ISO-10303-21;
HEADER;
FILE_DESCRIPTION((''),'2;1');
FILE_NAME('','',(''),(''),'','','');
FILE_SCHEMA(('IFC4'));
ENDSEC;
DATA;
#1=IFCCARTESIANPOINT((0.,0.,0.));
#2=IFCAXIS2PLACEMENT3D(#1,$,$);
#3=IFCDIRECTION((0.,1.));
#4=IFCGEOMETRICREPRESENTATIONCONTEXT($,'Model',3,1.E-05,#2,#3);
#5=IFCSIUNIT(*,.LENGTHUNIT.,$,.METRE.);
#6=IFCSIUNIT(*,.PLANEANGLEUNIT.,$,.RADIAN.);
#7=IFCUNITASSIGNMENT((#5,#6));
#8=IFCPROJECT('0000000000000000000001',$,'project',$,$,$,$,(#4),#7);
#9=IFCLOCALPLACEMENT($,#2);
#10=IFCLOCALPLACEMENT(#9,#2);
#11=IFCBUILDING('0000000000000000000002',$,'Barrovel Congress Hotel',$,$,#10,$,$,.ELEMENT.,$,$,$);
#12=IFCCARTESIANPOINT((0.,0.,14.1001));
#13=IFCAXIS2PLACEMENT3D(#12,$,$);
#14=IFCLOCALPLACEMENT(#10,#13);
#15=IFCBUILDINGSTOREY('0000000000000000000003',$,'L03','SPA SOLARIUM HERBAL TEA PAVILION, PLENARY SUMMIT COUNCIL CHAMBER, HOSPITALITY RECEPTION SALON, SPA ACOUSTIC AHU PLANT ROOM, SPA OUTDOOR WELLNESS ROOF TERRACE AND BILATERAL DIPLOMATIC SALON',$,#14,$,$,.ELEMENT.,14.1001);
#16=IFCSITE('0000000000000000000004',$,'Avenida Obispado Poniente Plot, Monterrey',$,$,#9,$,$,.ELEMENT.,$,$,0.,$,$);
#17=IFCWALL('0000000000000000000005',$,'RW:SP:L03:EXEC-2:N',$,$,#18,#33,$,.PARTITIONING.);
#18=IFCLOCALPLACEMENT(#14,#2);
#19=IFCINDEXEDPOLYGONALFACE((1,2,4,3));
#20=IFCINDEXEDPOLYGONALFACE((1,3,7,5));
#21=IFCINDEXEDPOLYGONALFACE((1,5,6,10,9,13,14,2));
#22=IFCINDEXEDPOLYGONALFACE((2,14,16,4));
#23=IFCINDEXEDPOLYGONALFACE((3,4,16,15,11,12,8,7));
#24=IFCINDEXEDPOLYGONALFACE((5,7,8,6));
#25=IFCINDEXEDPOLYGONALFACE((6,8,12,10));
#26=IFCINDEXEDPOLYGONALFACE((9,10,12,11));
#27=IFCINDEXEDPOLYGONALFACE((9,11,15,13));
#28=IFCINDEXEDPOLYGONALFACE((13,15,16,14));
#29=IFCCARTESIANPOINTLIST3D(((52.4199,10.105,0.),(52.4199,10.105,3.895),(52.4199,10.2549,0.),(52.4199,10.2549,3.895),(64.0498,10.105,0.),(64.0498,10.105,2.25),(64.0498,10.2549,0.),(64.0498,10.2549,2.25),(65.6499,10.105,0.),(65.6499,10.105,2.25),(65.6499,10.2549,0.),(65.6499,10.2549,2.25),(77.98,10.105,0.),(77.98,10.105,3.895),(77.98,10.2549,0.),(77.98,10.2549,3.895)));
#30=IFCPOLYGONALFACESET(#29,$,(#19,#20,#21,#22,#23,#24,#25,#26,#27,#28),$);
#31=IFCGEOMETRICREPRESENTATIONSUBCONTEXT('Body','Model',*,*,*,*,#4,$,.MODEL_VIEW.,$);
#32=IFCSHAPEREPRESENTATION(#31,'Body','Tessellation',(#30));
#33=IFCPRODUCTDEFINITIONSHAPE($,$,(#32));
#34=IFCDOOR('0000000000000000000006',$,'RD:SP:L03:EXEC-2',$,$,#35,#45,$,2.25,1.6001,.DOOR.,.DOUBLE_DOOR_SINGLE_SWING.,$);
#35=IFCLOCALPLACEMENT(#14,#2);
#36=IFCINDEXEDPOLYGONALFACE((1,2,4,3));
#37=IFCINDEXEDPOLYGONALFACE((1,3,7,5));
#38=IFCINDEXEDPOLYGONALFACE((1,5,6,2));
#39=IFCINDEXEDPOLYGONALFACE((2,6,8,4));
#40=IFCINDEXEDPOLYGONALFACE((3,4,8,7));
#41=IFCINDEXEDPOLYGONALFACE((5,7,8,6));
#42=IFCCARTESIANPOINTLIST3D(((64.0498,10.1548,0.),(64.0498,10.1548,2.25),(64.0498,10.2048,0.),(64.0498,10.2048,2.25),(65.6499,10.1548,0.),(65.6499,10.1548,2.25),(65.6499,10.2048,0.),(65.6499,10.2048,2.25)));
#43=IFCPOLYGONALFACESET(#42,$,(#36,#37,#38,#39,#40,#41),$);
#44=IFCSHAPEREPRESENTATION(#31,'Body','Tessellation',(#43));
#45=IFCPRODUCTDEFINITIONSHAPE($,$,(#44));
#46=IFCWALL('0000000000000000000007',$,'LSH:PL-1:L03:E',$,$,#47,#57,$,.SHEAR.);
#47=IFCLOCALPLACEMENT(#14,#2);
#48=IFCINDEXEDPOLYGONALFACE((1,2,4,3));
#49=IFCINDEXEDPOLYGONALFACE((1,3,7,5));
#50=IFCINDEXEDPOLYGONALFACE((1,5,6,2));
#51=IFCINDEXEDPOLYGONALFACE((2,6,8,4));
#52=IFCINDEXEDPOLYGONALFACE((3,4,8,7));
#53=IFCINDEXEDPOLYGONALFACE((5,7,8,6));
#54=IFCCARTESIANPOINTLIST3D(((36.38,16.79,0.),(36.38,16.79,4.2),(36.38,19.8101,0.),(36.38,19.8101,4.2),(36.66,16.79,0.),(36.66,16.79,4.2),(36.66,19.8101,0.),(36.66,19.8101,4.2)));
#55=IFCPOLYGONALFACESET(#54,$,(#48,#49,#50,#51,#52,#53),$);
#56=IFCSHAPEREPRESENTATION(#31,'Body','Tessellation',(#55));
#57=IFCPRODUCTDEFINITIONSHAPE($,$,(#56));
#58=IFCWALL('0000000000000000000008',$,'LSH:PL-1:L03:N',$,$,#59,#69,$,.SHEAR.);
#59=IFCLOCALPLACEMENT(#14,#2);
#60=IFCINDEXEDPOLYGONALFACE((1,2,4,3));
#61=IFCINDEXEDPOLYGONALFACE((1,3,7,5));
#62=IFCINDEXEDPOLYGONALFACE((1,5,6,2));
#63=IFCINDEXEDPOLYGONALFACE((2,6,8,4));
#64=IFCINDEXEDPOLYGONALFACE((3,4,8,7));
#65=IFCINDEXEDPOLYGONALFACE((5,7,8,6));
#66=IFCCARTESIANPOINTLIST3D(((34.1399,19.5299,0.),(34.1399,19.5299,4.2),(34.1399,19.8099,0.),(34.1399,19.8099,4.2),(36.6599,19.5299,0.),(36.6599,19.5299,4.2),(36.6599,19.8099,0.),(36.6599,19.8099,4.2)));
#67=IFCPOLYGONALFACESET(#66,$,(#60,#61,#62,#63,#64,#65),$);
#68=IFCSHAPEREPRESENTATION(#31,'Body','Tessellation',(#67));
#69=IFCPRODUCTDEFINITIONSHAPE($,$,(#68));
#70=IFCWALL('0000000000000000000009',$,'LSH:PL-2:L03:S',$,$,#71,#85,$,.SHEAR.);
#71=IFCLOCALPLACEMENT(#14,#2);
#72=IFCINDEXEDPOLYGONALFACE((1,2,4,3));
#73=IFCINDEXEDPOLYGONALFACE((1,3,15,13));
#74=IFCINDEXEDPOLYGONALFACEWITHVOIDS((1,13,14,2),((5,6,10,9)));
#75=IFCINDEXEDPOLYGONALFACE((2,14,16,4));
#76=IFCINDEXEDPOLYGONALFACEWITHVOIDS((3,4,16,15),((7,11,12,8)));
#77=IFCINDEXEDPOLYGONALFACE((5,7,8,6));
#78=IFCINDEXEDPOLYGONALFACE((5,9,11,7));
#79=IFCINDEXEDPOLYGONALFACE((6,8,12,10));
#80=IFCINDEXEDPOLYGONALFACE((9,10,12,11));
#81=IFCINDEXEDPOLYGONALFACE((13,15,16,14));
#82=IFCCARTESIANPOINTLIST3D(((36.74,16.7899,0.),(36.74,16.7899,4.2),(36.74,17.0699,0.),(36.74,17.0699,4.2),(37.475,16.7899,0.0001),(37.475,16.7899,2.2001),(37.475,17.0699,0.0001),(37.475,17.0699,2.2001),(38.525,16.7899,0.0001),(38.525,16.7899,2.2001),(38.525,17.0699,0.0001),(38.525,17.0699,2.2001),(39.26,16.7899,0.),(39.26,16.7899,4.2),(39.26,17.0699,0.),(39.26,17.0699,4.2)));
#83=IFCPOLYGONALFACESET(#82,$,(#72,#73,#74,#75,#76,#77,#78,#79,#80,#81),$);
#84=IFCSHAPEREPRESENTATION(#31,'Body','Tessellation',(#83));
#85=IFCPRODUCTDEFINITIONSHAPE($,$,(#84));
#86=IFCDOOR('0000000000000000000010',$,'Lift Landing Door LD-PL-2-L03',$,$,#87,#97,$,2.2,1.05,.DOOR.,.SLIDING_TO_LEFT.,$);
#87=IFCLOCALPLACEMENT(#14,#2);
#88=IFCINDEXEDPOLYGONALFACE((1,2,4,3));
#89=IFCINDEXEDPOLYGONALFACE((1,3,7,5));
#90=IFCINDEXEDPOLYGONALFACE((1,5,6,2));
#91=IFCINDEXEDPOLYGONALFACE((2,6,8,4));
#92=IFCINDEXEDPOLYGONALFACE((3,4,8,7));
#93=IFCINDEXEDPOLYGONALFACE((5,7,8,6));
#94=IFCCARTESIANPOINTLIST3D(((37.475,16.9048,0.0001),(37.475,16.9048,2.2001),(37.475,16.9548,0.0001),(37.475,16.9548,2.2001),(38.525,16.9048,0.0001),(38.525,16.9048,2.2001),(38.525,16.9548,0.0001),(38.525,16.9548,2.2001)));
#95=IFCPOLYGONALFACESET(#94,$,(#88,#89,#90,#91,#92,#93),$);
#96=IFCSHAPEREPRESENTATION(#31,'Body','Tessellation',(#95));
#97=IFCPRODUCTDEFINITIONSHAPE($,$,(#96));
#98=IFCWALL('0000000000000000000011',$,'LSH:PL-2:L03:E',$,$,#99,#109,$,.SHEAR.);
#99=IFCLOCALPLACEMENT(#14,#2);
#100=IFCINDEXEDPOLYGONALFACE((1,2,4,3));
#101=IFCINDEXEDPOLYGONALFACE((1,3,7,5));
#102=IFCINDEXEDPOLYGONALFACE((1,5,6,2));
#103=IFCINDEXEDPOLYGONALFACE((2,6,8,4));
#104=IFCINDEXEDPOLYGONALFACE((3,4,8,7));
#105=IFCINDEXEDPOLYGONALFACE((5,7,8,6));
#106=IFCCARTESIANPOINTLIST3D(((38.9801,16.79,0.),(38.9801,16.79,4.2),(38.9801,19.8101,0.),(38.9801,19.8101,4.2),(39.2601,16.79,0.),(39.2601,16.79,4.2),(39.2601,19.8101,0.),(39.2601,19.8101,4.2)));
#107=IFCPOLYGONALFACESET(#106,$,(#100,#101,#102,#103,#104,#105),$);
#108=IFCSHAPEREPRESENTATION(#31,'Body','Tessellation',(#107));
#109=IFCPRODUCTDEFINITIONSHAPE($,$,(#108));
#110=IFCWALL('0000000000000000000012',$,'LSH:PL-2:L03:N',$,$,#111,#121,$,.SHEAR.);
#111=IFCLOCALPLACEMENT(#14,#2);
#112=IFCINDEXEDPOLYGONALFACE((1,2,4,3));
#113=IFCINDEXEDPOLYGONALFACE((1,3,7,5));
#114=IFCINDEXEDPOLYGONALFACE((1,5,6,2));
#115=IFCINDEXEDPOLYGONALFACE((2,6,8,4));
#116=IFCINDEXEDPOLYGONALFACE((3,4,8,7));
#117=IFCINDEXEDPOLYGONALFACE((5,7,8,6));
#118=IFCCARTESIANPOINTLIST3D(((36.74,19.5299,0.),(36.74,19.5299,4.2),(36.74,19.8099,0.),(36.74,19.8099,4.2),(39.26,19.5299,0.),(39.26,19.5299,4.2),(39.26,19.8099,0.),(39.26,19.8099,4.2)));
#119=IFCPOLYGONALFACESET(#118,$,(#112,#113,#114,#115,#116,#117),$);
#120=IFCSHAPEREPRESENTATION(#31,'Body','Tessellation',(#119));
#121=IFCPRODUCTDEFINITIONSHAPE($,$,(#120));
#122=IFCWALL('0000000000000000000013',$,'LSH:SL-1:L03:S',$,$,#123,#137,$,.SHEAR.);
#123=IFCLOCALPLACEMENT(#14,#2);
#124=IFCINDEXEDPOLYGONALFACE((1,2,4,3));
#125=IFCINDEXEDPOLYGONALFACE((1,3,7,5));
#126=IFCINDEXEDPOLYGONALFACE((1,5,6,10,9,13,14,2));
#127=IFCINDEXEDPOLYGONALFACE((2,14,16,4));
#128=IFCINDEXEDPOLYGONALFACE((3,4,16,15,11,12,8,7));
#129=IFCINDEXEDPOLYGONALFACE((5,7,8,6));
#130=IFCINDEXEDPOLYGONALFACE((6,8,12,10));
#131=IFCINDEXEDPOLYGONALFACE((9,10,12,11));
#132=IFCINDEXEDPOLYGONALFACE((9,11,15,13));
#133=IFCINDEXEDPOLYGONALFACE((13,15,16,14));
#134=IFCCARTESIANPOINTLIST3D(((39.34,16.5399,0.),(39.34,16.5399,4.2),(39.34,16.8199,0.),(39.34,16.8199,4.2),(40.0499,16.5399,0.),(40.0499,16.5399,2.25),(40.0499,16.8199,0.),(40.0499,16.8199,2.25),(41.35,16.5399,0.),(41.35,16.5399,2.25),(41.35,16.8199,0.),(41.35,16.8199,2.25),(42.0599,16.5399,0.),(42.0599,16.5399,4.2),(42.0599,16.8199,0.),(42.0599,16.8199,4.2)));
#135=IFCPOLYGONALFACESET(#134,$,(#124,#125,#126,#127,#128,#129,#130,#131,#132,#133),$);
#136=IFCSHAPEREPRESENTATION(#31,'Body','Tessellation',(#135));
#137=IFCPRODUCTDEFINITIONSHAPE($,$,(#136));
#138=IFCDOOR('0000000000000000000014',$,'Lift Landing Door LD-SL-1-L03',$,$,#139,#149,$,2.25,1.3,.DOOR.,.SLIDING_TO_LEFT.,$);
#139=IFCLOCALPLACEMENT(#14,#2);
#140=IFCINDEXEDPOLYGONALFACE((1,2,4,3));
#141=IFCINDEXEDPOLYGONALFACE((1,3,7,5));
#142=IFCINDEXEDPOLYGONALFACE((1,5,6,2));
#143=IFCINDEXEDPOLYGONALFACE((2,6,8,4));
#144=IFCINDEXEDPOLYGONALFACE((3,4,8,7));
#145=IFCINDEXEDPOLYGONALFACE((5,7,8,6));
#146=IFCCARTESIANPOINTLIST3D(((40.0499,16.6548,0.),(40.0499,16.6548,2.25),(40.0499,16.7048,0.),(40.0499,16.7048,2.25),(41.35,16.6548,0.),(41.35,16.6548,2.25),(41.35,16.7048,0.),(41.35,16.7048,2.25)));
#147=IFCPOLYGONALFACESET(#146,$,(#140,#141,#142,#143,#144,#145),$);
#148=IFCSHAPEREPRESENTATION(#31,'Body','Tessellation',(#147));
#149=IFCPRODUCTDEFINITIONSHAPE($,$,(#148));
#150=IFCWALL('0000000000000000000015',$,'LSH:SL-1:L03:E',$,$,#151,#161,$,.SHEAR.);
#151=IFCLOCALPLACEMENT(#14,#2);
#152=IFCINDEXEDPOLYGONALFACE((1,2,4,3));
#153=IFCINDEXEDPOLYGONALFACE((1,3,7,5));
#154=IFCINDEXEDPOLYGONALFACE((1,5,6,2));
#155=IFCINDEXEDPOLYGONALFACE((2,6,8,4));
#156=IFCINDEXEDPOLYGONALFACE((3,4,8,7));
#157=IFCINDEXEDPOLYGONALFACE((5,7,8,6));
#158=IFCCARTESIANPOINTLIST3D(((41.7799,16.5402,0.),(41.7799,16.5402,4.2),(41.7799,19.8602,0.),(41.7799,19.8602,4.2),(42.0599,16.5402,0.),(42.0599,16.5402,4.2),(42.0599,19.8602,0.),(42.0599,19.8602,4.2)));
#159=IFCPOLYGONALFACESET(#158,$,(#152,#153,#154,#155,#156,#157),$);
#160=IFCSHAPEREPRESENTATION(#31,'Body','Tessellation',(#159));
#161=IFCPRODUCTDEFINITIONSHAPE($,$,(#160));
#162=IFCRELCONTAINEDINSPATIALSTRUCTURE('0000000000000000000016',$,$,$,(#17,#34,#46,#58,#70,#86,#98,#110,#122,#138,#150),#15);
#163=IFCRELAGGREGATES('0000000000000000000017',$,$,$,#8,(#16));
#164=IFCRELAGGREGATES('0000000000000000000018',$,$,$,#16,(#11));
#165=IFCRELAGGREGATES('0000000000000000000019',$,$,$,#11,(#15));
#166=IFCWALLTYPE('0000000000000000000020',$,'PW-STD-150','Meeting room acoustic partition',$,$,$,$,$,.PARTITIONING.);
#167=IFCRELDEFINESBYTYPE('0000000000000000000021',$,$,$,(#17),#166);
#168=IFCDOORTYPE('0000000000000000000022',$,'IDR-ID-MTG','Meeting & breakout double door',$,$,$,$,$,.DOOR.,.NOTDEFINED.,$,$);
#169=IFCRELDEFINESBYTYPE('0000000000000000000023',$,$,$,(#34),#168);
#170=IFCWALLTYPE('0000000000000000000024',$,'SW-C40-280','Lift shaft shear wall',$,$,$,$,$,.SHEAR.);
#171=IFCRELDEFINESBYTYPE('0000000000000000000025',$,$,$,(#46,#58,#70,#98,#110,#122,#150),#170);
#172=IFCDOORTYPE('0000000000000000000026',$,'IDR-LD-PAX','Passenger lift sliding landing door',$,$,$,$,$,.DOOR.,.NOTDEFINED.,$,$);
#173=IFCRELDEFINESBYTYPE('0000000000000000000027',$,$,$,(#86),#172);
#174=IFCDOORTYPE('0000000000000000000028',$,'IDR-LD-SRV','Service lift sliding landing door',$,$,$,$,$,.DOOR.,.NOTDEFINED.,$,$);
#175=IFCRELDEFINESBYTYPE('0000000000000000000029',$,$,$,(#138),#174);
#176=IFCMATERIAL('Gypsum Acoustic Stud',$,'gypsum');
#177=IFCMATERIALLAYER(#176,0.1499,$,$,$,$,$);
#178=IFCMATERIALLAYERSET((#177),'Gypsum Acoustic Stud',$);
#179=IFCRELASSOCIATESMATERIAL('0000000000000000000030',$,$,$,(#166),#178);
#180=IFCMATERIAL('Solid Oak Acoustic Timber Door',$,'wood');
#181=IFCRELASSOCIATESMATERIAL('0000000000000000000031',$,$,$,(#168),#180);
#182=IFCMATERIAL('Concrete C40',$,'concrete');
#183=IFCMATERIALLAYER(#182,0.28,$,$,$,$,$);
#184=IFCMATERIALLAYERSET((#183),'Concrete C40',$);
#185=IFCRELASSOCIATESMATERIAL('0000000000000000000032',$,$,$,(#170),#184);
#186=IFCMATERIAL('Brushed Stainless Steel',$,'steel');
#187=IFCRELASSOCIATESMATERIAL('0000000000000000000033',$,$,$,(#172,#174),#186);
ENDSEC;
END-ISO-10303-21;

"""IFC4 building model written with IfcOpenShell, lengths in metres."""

from ifc_helpers import new_model, si_unit, direction, frame, frame_2d, origin, place, context, subcontext, project, spatial, rectangle, extrude, material, layer, layer_set, type_object, element, fill, save


model = new_model("IFC4")

# Units and contexts
model_context = context("Model", 3, precision=1e-05, world=origin(), true_north=direction((0.0, 1.0)))
body_context = subcontext(model_context, "Body", "Model", "MODEL_VIEW")
ifc_project = project(units=[si_unit("LENGTHUNIT", "METRE"), si_unit("PLANEANGLEUNIT", "RADIAN")], contexts=[model_context])

# Site, building, storey
site_placement = place(None, origin())
site = spatial("IfcSite", under=ifc_project, at=site_placement, Name="Avenida Obispado Poniente Plot, Monterrey", CompositionType="ELEMENT", RefElevation=0.0)
building_placement = place(site_placement, origin())
building = spatial("IfcBuilding", under=site, at=building_placement, Name="Barrovel Congress Hotel", CompositionType="ELEMENT")
storey_placement = place(building_placement, frame((0.0, 0.0, 14.1001)))
storey = spatial("IfcBuildingStorey", under=building, at=storey_placement, Name="L03", Description="SPA SOLARIUM HERBAL TEA PAVILION, PLENARY SUMMIT COUNCIL CHAMBER, HOSPITALITY RECEPTION SALON, SPA ACOUSTIC AHU PLANT ROOM, SPA OUTDOOR WELLNESS ROOF TERRACE AND BILATERAL DIPLOMATIC SALON", CompositionType="ELEMENT", Elevation=14.1001)

# Shared definitions
ifc_material_1 = material(Name="Concrete C40", Category="concrete")

# Shared definitions
ifc_material_2 = material(Name="Gypsum Acoustic Stud", Category="gypsum")
ifc_material_3 = material(Name="Solid Oak Acoustic Timber Door", Category="wood")

# Wall, opening, door
ifc_layer_1 = layer(ifc_material_2, 0.1499)
ifc_layer_set_1 = layer_set([ifc_layer_1], Name="Gypsum Acoustic Stud")
wall_type_1 = type_object("IfcWallType", Name="PW-STD-150", Description="Meeting room acoustic partition", PredefinedType="PARTITIONING", material=ifc_layer_set_1)
wall_1_placement = place(storey_placement, frame((52.4199, 10.1799, 0.0), z_axis=(0.0, 0.0, 1.0), x_axis=(1.0, 0.0, 0.0)))
wall_1 = element("IfcWall", 1, at=wall_1_placement, inside=storey, type_object=wall_type_1, Name="RW:SP:L03:EXEC-2:N", PredefinedType="PARTITIONING", context=body_context, shape_type="SweptSolid", body=[
    extrude(rectangle(XDim=25.5601, YDim=0.1499, at=frame_2d((12.78, 0.0))), origin(), (0.0, 0.0, 1.0), 3.895),
])
opening_1_placement = place(wall_1_placement, frame((11.6299, 0.0, 0.0)))
opening_1 = element("IfcOpeningElement", 2, at=opening_1_placement, cuts=wall_1, PredefinedType="OPENING", context=body_context, shape_type="SweptSolid", body=[
    extrude(rectangle(XDim=1.6001, YDim=2.25, at=frame_2d((0.8, 1.125))), frame((0.0, 0.085, 0.0), z_axis=(0.0, -1.0, 0.0), x_axis=(1.0, 0.0, 0.0)), (0.0, 0.0, 1.0), 0.1699),
])
door_type_1 = type_object("IfcDoorType", Name="IDR-ID-MTG", Description="Meeting & breakout double door", OperationType="NOTDEFINED", PredefinedType="DOOR", material=ifc_material_3)
door_1_placement = place(opening_1_placement, origin())
door_1 = element("IfcDoor", 3, at=door_1_placement, inside=storey, type_object=door_type_1, Name="RD:SP:L03:EXEC-2", OperationType="DOUBLE_DOOR_SINGLE_SWING", OverallHeight=2.25, OverallWidth=1.6001, PredefinedType="DOOR", context=body_context, shape_type="SweptSolid", body=[
    extrude(rectangle(XDim=1.6001, YDim=2.25, at=frame_2d((0.8, 1.125))), frame((0.0, 0.0249, 0.0), z_axis=(0.0, -1.0, 0.0), x_axis=(1.0, 0.0, 0.0)), (0.0, 0.0, 1.0), 0.05),
])
fill(opening_1, door_1)

# Walls
ifc_layer_2 = layer(ifc_material_1, 0.28)
ifc_layer_set_2 = layer_set([ifc_layer_2], Name="Concrete C40")
wall_type_2 = type_object("IfcWallType", Name="SW-C40-280", Description="Lift shaft shear wall", PredefinedType="SHEAR", material=ifc_layer_set_2)
wall_2_placement = place(storey_placement, frame((36.52, 16.79, 0.0), z_axis=(0.0, 0.0, 1.0), x_axis=(0.0, 1.0, 0.0)))
element("IfcWall", 4, at=wall_2_placement, inside=storey, type_object=wall_type_2, Name="LSH:PL-1:L03:E", PredefinedType="SHEAR", context=body_context, shape_type="SweptSolid", body=[
    extrude(rectangle(XDim=3.02, YDim=0.28, at=frame_2d((1.51, 0.0))), origin(), (0.0, 0.0, 1.0), 4.2),
])
wall_3_placement = place(storey_placement, frame((36.6599, 19.6699, 0.0), z_axis=(0.0, 0.0, 1.0), x_axis=(-1.0, 0.0, 0.0)))
element("IfcWall", 5, at=wall_3_placement, inside=storey, type_object=wall_type_2, Name="LSH:PL-1:L03:N", PredefinedType="SHEAR", context=body_context, shape_type="SweptSolid", body=[
    extrude(rectangle(XDim=2.52, YDim=0.28, at=frame_2d((1.26, 0.0))), origin(), (0.0, 0.0, 1.0), 4.2),
])

# Wall, opening, door
wall_4_placement = place(storey_placement, frame((36.74, 16.9299, 0.0), z_axis=(0.0, 0.0, 1.0), x_axis=(1.0, 0.0, 0.0)))
wall_4 = element("IfcWall", 6, at=wall_4_placement, inside=storey, type_object=wall_type_2, Name="LSH:PL-2:L03:S", PredefinedType="SHEAR", context=body_context, shape_type="SweptSolid", body=[
    extrude(rectangle(XDim=2.52, YDim=0.28, at=frame_2d((1.26, 0.0))), origin(), (0.0, 0.0, 1.0), 4.2),
])
opening_2_placement = place(wall_4_placement, frame((0.7351, 0.0, 0.0)))
opening_2 = element("IfcOpeningElement", 7, at=opening_2_placement, cuts=wall_4, PredefinedType="OPENING", context=body_context, shape_type="SweptSolid", body=[
    extrude(rectangle(XDim=1.05, YDim=2.2, at=frame_2d((0.5249, 1.1001))), frame((0.0, 0.1499, 0.0), z_axis=(0.0, -1.0, 0.0), x_axis=(1.0, 0.0, 0.0)), (0.0, 0.0, 1.0), 0.3),
])
ifc_material_4 = material(Name="Brushed Stainless Steel", Category="steel")
door_type_2 = type_object("IfcDoorType", Name="IDR-LD-PAX", Description="Passenger lift sliding landing door", OperationType="NOTDEFINED", PredefinedType="DOOR", material=ifc_material_4)
door_2_placement = place(opening_2_placement, origin())
door_2 = element("IfcDoor", 8, at=door_2_placement, inside=storey, type_object=door_type_2, Name="Lift Landing Door LD-PL-2-L03", OperationType="SLIDING_TO_LEFT", OverallHeight=2.2, OverallWidth=1.05, PredefinedType="DOOR", context=body_context, shape_type="SweptSolid", body=[
    extrude(rectangle(XDim=1.05, YDim=2.2, at=frame_2d((0.5249, 1.1001))), frame((0.0, 0.0249, 0.0), z_axis=(0.0, -1.0, 0.0), x_axis=(1.0, 0.0, 0.0)), (0.0, 0.0, 1.0), 0.05),
])
fill(opening_2, door_2)

# Walls
wall_5_placement = place(storey_placement, frame((39.1201, 16.79, 0.0), z_axis=(0.0, 0.0, 1.0), x_axis=(0.0, 1.0, 0.0)))
element("IfcWall", 9, at=wall_5_placement, inside=storey, type_object=wall_type_2, Name="LSH:PL-2:L03:E", PredefinedType="SHEAR", context=body_context, shape_type="SweptSolid", body=[
    extrude(rectangle(XDim=3.02, YDim=0.28, at=frame_2d((1.51, 0.0))), origin(), (0.0, 0.0, 1.0), 4.2),
])
wall_6_placement = place(storey_placement, frame((39.26, 19.6699, 0.0), z_axis=(0.0, 0.0, 1.0), x_axis=(-1.0, 0.0, 0.0)))
element("IfcWall", 10, at=wall_6_placement, inside=storey, type_object=wall_type_2, Name="LSH:PL-2:L03:N", PredefinedType="SHEAR", context=body_context, shape_type="SweptSolid", body=[
    extrude(rectangle(XDim=2.52, YDim=0.28, at=frame_2d((1.26, 0.0))), origin(), (0.0, 0.0, 1.0), 4.2),
])

# Wall, opening, door
wall_7_placement = place(storey_placement, frame((39.3401, 16.6799, 0.0), z_axis=(0.0, 0.0, 1.0), x_axis=(1.0, 0.0, 0.0)))
wall_7 = element("IfcWall", 11, at=wall_7_placement, inside=storey, type_object=wall_type_2, Name="LSH:SL-1:L03:S", PredefinedType="SHEAR", context=body_context, shape_type="SweptSolid", body=[
    extrude(rectangle(XDim=2.72, YDim=0.28, at=frame_2d((1.3599, 0.0))), origin(), (0.0, 0.0, 1.0), 4.2),
])
opening_3_placement = place(wall_7_placement, frame((0.71, 0.0, 0.0)))
opening_3 = element("IfcOpeningElement", 12, at=opening_3_placement, cuts=wall_7, PredefinedType="OPENING", context=body_context, shape_type="SweptSolid", body=[
    extrude(rectangle(XDim=1.3, YDim=2.25, at=frame_2d((0.6499, 1.125))), frame((0.0, 0.1499, 0.0), z_axis=(0.0, -1.0, 0.0), x_axis=(1.0, 0.0, 0.0)), (0.0, 0.0, 1.0), 0.3),
])
door_type_3 = type_object("IfcDoorType", Name="IDR-LD-SRV", Description="Service lift sliding landing door", OperationType="NOTDEFINED", PredefinedType="DOOR", material=ifc_material_4)
door_3_placement = place(opening_3_placement, origin())
door_3 = element("IfcDoor", 13, at=door_3_placement, inside=storey, type_object=door_type_3, Name="Lift Landing Door LD-SL-1-L03", OperationType="SLIDING_TO_LEFT", OverallHeight=2.25, OverallWidth=1.3, PredefinedType="DOOR", context=body_context, shape_type="SweptSolid", body=[
    extrude(rectangle(XDim=1.3, YDim=2.25, at=frame_2d((0.6499, 1.125))), frame((0.0, 0.0249, 0.0), z_axis=(0.0, -1.0, 0.0), x_axis=(1.0, 0.0, 0.0)), (0.0, 0.0, 1.0), 0.05),
])
fill(opening_3, door_3)

# Wall
wall_8_placement = place(storey_placement, frame((41.9199, 16.54, 0.0), z_axis=(0.0, 0.0, 1.0), x_axis=(0.0, 1.0, 0.0)))
element("IfcWall", 14, at=wall_8_placement, inside=storey, type_object=wall_type_2, Name="LSH:SL-1:L03:E", PredefinedType="SHEAR", context=body_context, shape_type="SweptSolid", body=[
    extrude(rectangle(XDim=3.3201, YDim=0.28, at=frame_2d((1.6602, 0.0))), origin(), (0.0, 0.0, 1.0), 4.2),
])

save(model, "model.ifc")
